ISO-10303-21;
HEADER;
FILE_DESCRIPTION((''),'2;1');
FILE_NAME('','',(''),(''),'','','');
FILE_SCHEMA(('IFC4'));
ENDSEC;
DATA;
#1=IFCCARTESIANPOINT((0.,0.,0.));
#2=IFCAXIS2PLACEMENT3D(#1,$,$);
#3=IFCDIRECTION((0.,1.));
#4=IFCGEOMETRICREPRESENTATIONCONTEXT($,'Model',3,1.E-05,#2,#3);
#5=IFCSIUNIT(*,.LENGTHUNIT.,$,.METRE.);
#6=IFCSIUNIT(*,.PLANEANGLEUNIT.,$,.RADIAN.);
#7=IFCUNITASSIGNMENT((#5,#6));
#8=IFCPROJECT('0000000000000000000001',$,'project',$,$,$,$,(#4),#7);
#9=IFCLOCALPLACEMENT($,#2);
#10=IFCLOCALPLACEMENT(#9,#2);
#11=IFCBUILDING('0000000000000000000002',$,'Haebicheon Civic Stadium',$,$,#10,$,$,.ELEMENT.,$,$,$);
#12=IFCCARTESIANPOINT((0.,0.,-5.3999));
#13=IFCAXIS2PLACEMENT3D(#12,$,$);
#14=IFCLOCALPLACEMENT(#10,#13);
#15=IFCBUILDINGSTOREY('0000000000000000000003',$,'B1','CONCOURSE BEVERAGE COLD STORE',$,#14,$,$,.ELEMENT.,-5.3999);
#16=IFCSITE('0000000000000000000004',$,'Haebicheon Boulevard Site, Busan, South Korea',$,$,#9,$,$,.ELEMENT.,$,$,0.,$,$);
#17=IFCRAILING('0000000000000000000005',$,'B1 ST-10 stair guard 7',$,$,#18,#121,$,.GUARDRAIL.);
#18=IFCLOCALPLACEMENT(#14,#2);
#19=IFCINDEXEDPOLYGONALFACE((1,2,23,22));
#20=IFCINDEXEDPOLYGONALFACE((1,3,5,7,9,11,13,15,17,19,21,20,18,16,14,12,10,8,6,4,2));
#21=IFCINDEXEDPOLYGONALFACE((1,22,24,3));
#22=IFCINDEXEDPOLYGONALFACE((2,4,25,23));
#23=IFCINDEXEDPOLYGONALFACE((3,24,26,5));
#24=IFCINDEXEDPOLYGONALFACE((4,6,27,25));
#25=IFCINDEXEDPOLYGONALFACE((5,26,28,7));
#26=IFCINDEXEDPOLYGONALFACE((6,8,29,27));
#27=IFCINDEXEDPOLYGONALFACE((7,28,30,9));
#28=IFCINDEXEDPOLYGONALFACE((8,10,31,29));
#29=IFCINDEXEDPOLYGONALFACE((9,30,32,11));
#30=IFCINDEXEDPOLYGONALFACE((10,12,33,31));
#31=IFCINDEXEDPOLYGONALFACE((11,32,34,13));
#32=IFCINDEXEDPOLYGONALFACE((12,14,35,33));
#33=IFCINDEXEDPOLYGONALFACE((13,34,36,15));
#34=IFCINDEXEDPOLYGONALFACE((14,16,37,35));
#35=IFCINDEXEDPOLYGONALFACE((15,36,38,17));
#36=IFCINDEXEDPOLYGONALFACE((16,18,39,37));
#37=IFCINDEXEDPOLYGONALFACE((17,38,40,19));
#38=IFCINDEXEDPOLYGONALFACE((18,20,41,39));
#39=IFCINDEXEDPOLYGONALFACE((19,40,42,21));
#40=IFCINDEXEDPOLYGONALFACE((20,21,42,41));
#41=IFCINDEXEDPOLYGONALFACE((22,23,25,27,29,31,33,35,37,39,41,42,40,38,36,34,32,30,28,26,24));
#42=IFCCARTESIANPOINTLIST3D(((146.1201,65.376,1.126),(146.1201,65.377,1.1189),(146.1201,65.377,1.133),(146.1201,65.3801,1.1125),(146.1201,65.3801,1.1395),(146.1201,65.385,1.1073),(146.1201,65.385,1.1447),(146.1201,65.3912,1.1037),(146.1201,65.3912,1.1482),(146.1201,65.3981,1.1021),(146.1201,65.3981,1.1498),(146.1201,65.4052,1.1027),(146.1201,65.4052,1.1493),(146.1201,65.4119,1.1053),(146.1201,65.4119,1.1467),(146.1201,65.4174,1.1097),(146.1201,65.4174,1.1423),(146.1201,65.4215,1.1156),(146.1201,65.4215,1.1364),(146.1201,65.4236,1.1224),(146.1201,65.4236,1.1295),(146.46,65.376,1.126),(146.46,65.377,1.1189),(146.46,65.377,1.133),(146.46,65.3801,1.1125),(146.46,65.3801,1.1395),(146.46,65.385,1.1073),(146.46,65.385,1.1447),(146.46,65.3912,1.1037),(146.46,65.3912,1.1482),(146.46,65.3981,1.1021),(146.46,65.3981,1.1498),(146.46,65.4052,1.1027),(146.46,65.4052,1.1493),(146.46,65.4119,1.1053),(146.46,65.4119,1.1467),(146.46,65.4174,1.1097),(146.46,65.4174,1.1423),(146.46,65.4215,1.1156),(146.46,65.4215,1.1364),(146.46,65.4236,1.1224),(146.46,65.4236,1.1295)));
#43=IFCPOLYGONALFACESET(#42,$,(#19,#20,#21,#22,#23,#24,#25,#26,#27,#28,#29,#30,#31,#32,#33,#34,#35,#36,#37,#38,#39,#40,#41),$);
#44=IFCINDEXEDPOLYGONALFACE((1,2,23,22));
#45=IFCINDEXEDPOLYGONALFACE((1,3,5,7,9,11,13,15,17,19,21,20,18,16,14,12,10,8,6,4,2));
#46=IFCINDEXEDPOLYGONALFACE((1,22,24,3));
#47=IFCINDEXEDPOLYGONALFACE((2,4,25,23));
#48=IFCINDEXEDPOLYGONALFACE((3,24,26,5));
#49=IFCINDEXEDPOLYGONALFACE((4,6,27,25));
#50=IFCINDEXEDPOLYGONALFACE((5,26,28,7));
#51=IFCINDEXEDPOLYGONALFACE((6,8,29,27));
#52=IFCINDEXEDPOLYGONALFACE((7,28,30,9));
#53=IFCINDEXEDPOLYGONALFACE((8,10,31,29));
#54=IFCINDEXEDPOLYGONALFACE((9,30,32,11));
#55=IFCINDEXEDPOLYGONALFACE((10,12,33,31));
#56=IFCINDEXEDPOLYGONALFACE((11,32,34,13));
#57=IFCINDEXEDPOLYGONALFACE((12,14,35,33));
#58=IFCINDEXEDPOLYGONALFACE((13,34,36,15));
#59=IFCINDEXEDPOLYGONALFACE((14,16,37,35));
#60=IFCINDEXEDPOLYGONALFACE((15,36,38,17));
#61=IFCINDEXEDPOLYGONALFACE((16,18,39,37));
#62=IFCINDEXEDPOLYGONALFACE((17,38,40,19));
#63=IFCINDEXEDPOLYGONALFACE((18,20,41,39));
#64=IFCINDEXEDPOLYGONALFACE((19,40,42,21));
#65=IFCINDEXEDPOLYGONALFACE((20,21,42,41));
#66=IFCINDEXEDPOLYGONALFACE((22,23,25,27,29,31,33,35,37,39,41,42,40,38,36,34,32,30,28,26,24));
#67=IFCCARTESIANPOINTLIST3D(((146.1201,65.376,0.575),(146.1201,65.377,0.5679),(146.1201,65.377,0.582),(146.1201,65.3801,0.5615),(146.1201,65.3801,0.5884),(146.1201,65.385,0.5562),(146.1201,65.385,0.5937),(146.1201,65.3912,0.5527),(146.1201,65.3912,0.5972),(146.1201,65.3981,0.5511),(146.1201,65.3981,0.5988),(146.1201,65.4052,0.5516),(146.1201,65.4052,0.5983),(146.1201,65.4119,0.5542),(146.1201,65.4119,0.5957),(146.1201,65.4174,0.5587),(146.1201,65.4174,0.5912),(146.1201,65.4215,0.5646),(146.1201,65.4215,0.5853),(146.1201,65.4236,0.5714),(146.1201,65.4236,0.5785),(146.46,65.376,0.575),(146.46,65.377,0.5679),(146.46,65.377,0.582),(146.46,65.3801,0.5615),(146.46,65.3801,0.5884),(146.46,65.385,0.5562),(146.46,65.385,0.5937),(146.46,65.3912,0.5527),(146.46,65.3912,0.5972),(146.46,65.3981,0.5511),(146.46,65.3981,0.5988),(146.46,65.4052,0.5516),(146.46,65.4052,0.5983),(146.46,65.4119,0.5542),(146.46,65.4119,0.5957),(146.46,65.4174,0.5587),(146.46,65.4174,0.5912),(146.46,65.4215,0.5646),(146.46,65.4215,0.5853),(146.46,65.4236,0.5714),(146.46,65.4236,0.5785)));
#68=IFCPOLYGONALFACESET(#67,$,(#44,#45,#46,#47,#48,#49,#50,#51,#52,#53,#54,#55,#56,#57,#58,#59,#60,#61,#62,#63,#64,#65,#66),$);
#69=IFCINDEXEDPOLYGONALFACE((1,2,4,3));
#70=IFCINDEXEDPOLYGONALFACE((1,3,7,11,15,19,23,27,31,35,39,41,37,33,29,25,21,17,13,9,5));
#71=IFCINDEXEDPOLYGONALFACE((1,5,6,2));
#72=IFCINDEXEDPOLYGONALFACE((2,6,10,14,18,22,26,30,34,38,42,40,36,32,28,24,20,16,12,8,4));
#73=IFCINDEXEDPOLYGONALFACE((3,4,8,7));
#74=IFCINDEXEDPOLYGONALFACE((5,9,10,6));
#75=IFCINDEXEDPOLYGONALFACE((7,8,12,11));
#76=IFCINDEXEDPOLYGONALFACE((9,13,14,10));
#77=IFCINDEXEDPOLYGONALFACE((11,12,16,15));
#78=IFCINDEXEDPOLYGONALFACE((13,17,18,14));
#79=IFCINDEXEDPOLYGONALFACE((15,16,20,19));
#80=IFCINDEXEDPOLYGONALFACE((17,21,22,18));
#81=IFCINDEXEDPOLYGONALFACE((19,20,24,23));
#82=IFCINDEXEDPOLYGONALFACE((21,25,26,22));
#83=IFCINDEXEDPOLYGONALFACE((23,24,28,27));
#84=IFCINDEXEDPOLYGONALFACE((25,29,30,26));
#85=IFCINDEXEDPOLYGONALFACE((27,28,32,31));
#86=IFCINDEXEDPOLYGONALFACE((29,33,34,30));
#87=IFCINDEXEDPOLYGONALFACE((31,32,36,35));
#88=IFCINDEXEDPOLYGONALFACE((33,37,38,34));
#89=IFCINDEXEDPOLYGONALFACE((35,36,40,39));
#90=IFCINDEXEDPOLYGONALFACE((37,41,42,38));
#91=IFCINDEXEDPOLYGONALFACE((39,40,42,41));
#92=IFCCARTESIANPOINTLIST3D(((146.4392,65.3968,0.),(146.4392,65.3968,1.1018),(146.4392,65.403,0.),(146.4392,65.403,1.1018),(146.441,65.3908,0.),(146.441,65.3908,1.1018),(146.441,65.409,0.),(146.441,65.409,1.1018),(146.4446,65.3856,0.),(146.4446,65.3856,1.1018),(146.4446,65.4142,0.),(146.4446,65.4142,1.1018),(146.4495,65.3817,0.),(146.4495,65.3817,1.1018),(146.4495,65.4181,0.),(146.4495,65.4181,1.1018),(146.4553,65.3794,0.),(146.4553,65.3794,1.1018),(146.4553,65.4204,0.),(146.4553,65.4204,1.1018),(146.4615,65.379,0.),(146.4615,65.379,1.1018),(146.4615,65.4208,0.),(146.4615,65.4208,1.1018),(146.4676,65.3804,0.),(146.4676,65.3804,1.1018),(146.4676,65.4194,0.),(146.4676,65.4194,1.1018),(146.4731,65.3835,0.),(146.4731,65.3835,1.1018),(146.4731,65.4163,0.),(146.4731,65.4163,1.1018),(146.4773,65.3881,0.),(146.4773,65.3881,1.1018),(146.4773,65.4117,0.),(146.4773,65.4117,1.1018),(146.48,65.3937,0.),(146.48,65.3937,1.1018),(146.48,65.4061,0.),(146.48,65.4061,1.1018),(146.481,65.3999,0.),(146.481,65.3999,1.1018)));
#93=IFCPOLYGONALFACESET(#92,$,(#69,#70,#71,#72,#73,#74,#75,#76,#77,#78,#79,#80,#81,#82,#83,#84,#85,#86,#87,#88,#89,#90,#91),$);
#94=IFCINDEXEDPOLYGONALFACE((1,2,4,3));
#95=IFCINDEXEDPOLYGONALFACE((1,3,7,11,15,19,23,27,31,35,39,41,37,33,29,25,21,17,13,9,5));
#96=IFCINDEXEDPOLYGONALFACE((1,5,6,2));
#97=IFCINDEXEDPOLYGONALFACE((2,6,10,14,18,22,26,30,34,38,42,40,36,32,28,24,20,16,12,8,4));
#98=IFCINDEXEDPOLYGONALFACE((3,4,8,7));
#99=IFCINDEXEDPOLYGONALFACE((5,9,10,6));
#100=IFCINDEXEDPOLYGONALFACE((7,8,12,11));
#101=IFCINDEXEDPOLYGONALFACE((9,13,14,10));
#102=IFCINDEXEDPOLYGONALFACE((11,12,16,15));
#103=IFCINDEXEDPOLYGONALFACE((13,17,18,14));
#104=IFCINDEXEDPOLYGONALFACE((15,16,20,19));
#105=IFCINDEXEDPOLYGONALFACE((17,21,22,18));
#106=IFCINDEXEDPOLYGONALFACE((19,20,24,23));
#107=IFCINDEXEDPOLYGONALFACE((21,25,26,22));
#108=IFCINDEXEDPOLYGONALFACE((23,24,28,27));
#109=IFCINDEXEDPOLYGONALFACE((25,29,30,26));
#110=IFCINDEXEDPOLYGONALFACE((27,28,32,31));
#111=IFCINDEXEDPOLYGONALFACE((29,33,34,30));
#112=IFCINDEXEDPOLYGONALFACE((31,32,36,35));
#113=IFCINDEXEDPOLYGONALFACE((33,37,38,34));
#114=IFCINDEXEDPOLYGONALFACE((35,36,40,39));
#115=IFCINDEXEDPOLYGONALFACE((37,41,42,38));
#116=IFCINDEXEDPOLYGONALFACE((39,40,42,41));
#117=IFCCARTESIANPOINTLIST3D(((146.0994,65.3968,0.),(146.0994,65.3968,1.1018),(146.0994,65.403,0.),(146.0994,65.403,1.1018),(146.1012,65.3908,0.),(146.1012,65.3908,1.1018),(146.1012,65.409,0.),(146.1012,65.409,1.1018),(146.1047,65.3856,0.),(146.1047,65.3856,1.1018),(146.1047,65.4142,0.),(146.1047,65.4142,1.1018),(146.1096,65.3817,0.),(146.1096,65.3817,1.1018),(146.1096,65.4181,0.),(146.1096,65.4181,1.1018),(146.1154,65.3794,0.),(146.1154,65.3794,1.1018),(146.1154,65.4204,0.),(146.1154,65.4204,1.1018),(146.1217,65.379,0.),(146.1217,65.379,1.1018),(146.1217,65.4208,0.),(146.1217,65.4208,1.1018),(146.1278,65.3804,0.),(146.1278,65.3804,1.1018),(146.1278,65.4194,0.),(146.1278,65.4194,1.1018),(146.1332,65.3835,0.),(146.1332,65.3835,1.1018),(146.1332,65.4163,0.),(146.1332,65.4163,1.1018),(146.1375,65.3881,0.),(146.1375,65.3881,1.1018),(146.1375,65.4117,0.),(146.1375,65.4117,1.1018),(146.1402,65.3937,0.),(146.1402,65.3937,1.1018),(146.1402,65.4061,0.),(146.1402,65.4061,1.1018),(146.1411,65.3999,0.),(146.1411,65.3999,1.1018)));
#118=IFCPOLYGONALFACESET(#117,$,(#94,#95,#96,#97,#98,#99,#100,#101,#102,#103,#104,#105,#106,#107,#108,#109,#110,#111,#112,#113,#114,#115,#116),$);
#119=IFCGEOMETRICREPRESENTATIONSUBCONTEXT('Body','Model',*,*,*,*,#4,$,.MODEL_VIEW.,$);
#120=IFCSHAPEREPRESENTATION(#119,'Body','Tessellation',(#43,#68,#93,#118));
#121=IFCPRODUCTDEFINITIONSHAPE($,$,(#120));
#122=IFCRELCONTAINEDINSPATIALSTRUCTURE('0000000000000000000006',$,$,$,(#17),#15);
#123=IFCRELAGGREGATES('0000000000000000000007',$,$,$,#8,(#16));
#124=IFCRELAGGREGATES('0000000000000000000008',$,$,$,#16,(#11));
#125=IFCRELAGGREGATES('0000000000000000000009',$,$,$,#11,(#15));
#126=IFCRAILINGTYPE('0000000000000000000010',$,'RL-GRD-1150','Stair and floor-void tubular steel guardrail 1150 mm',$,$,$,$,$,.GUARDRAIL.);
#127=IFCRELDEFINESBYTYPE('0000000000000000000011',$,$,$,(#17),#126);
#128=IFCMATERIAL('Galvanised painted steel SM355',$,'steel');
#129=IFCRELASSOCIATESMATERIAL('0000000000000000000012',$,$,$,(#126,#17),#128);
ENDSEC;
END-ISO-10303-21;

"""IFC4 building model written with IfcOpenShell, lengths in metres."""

from ifc_helpers import new_model, si_unit, direction, frame, origin, origin_2d, place, context, subcontext, project, spatial, circle, extrude, material, type_object, element, save


model = new_model("IFC4")

# Units and contexts
model_context = context("Model", 3, precision=1e-05, world=origin(), true_north=direction((0.0, 1.0)))
body_context = subcontext(model_context, "Body", "Model", "MODEL_VIEW")
ifc_project = project(units=[si_unit("LENGTHUNIT", "METRE"), si_unit("PLANEANGLEUNIT", "RADIAN")], contexts=[model_context])

# Site, building, storey
site_placement = place(None, origin())
site = spatial("IfcSite", under=ifc_project, at=site_placement, Name="Haebicheon Boulevard Site, Busan, South Korea", CompositionType="ELEMENT", RefElevation=0.0)
building_placement = place(site_placement, origin())
building = spatial("IfcBuilding", under=site, at=building_placement, Name="Haebicheon Civic Stadium", CompositionType="ELEMENT")
storey_placement = place(building_placement, frame((0.0, 0.0, -5.3999)))
storey = spatial("IfcBuildingStorey", under=building, at=storey_placement, Name="B1", Description="CONCOURSE BEVERAGE COLD STORE", CompositionType="ELEMENT", Elevation=-5.3999)

# Railing
ifc_material_1 = material(Name="Galvanised painted steel SM355", Category="steel")
railing_type_1 = type_object("IfcRailingType", Name="RL-GRD-1150", Description="Stair and floor-void tubular steel guardrail 1150 mm", PredefinedType="GUARDRAIL", material=ifc_material_1)
railing_1_placement = place(storey_placement, frame((146.46, 65.3999, 0.0)))
element("IfcRailing", 1, at=railing_1_placement, inside=storey, type_object=railing_type_1, material=ifc_material_1, Name="B1 ST-10 stair guard 7", PredefinedType="GUARDRAIL", context=body_context, shape_type="SweptSolid", body=[
    extrude(circle(Radius=0.0239, at=origin_2d()), frame((0.0, 0.0, 1.126), z_axis=(-1.0, 0.0, 0.0), x_axis=(0.0, -1.0, 0.0)), (0.0, 0.0, 1.0), 0.3398),
    extrude(circle(Radius=0.0239, at=origin_2d()), frame((0.0, 0.0, 0.575), z_axis=(-1.0, 0.0, 0.0), x_axis=(0.0, -1.0, 0.0)), (0.0, 0.0, 1.0), 0.3398),
    extrude(circle(Radius=0.021, at=origin_2d()), origin(), (0.0, 0.0, 1.0), 1.1018),
    extrude(circle(Radius=0.021, at=origin_2d()), frame((-0.3398, 0.0, 0.0)), (0.0, 0.0, 1.0), 1.1018),
])

save(model, "model.ifc")
